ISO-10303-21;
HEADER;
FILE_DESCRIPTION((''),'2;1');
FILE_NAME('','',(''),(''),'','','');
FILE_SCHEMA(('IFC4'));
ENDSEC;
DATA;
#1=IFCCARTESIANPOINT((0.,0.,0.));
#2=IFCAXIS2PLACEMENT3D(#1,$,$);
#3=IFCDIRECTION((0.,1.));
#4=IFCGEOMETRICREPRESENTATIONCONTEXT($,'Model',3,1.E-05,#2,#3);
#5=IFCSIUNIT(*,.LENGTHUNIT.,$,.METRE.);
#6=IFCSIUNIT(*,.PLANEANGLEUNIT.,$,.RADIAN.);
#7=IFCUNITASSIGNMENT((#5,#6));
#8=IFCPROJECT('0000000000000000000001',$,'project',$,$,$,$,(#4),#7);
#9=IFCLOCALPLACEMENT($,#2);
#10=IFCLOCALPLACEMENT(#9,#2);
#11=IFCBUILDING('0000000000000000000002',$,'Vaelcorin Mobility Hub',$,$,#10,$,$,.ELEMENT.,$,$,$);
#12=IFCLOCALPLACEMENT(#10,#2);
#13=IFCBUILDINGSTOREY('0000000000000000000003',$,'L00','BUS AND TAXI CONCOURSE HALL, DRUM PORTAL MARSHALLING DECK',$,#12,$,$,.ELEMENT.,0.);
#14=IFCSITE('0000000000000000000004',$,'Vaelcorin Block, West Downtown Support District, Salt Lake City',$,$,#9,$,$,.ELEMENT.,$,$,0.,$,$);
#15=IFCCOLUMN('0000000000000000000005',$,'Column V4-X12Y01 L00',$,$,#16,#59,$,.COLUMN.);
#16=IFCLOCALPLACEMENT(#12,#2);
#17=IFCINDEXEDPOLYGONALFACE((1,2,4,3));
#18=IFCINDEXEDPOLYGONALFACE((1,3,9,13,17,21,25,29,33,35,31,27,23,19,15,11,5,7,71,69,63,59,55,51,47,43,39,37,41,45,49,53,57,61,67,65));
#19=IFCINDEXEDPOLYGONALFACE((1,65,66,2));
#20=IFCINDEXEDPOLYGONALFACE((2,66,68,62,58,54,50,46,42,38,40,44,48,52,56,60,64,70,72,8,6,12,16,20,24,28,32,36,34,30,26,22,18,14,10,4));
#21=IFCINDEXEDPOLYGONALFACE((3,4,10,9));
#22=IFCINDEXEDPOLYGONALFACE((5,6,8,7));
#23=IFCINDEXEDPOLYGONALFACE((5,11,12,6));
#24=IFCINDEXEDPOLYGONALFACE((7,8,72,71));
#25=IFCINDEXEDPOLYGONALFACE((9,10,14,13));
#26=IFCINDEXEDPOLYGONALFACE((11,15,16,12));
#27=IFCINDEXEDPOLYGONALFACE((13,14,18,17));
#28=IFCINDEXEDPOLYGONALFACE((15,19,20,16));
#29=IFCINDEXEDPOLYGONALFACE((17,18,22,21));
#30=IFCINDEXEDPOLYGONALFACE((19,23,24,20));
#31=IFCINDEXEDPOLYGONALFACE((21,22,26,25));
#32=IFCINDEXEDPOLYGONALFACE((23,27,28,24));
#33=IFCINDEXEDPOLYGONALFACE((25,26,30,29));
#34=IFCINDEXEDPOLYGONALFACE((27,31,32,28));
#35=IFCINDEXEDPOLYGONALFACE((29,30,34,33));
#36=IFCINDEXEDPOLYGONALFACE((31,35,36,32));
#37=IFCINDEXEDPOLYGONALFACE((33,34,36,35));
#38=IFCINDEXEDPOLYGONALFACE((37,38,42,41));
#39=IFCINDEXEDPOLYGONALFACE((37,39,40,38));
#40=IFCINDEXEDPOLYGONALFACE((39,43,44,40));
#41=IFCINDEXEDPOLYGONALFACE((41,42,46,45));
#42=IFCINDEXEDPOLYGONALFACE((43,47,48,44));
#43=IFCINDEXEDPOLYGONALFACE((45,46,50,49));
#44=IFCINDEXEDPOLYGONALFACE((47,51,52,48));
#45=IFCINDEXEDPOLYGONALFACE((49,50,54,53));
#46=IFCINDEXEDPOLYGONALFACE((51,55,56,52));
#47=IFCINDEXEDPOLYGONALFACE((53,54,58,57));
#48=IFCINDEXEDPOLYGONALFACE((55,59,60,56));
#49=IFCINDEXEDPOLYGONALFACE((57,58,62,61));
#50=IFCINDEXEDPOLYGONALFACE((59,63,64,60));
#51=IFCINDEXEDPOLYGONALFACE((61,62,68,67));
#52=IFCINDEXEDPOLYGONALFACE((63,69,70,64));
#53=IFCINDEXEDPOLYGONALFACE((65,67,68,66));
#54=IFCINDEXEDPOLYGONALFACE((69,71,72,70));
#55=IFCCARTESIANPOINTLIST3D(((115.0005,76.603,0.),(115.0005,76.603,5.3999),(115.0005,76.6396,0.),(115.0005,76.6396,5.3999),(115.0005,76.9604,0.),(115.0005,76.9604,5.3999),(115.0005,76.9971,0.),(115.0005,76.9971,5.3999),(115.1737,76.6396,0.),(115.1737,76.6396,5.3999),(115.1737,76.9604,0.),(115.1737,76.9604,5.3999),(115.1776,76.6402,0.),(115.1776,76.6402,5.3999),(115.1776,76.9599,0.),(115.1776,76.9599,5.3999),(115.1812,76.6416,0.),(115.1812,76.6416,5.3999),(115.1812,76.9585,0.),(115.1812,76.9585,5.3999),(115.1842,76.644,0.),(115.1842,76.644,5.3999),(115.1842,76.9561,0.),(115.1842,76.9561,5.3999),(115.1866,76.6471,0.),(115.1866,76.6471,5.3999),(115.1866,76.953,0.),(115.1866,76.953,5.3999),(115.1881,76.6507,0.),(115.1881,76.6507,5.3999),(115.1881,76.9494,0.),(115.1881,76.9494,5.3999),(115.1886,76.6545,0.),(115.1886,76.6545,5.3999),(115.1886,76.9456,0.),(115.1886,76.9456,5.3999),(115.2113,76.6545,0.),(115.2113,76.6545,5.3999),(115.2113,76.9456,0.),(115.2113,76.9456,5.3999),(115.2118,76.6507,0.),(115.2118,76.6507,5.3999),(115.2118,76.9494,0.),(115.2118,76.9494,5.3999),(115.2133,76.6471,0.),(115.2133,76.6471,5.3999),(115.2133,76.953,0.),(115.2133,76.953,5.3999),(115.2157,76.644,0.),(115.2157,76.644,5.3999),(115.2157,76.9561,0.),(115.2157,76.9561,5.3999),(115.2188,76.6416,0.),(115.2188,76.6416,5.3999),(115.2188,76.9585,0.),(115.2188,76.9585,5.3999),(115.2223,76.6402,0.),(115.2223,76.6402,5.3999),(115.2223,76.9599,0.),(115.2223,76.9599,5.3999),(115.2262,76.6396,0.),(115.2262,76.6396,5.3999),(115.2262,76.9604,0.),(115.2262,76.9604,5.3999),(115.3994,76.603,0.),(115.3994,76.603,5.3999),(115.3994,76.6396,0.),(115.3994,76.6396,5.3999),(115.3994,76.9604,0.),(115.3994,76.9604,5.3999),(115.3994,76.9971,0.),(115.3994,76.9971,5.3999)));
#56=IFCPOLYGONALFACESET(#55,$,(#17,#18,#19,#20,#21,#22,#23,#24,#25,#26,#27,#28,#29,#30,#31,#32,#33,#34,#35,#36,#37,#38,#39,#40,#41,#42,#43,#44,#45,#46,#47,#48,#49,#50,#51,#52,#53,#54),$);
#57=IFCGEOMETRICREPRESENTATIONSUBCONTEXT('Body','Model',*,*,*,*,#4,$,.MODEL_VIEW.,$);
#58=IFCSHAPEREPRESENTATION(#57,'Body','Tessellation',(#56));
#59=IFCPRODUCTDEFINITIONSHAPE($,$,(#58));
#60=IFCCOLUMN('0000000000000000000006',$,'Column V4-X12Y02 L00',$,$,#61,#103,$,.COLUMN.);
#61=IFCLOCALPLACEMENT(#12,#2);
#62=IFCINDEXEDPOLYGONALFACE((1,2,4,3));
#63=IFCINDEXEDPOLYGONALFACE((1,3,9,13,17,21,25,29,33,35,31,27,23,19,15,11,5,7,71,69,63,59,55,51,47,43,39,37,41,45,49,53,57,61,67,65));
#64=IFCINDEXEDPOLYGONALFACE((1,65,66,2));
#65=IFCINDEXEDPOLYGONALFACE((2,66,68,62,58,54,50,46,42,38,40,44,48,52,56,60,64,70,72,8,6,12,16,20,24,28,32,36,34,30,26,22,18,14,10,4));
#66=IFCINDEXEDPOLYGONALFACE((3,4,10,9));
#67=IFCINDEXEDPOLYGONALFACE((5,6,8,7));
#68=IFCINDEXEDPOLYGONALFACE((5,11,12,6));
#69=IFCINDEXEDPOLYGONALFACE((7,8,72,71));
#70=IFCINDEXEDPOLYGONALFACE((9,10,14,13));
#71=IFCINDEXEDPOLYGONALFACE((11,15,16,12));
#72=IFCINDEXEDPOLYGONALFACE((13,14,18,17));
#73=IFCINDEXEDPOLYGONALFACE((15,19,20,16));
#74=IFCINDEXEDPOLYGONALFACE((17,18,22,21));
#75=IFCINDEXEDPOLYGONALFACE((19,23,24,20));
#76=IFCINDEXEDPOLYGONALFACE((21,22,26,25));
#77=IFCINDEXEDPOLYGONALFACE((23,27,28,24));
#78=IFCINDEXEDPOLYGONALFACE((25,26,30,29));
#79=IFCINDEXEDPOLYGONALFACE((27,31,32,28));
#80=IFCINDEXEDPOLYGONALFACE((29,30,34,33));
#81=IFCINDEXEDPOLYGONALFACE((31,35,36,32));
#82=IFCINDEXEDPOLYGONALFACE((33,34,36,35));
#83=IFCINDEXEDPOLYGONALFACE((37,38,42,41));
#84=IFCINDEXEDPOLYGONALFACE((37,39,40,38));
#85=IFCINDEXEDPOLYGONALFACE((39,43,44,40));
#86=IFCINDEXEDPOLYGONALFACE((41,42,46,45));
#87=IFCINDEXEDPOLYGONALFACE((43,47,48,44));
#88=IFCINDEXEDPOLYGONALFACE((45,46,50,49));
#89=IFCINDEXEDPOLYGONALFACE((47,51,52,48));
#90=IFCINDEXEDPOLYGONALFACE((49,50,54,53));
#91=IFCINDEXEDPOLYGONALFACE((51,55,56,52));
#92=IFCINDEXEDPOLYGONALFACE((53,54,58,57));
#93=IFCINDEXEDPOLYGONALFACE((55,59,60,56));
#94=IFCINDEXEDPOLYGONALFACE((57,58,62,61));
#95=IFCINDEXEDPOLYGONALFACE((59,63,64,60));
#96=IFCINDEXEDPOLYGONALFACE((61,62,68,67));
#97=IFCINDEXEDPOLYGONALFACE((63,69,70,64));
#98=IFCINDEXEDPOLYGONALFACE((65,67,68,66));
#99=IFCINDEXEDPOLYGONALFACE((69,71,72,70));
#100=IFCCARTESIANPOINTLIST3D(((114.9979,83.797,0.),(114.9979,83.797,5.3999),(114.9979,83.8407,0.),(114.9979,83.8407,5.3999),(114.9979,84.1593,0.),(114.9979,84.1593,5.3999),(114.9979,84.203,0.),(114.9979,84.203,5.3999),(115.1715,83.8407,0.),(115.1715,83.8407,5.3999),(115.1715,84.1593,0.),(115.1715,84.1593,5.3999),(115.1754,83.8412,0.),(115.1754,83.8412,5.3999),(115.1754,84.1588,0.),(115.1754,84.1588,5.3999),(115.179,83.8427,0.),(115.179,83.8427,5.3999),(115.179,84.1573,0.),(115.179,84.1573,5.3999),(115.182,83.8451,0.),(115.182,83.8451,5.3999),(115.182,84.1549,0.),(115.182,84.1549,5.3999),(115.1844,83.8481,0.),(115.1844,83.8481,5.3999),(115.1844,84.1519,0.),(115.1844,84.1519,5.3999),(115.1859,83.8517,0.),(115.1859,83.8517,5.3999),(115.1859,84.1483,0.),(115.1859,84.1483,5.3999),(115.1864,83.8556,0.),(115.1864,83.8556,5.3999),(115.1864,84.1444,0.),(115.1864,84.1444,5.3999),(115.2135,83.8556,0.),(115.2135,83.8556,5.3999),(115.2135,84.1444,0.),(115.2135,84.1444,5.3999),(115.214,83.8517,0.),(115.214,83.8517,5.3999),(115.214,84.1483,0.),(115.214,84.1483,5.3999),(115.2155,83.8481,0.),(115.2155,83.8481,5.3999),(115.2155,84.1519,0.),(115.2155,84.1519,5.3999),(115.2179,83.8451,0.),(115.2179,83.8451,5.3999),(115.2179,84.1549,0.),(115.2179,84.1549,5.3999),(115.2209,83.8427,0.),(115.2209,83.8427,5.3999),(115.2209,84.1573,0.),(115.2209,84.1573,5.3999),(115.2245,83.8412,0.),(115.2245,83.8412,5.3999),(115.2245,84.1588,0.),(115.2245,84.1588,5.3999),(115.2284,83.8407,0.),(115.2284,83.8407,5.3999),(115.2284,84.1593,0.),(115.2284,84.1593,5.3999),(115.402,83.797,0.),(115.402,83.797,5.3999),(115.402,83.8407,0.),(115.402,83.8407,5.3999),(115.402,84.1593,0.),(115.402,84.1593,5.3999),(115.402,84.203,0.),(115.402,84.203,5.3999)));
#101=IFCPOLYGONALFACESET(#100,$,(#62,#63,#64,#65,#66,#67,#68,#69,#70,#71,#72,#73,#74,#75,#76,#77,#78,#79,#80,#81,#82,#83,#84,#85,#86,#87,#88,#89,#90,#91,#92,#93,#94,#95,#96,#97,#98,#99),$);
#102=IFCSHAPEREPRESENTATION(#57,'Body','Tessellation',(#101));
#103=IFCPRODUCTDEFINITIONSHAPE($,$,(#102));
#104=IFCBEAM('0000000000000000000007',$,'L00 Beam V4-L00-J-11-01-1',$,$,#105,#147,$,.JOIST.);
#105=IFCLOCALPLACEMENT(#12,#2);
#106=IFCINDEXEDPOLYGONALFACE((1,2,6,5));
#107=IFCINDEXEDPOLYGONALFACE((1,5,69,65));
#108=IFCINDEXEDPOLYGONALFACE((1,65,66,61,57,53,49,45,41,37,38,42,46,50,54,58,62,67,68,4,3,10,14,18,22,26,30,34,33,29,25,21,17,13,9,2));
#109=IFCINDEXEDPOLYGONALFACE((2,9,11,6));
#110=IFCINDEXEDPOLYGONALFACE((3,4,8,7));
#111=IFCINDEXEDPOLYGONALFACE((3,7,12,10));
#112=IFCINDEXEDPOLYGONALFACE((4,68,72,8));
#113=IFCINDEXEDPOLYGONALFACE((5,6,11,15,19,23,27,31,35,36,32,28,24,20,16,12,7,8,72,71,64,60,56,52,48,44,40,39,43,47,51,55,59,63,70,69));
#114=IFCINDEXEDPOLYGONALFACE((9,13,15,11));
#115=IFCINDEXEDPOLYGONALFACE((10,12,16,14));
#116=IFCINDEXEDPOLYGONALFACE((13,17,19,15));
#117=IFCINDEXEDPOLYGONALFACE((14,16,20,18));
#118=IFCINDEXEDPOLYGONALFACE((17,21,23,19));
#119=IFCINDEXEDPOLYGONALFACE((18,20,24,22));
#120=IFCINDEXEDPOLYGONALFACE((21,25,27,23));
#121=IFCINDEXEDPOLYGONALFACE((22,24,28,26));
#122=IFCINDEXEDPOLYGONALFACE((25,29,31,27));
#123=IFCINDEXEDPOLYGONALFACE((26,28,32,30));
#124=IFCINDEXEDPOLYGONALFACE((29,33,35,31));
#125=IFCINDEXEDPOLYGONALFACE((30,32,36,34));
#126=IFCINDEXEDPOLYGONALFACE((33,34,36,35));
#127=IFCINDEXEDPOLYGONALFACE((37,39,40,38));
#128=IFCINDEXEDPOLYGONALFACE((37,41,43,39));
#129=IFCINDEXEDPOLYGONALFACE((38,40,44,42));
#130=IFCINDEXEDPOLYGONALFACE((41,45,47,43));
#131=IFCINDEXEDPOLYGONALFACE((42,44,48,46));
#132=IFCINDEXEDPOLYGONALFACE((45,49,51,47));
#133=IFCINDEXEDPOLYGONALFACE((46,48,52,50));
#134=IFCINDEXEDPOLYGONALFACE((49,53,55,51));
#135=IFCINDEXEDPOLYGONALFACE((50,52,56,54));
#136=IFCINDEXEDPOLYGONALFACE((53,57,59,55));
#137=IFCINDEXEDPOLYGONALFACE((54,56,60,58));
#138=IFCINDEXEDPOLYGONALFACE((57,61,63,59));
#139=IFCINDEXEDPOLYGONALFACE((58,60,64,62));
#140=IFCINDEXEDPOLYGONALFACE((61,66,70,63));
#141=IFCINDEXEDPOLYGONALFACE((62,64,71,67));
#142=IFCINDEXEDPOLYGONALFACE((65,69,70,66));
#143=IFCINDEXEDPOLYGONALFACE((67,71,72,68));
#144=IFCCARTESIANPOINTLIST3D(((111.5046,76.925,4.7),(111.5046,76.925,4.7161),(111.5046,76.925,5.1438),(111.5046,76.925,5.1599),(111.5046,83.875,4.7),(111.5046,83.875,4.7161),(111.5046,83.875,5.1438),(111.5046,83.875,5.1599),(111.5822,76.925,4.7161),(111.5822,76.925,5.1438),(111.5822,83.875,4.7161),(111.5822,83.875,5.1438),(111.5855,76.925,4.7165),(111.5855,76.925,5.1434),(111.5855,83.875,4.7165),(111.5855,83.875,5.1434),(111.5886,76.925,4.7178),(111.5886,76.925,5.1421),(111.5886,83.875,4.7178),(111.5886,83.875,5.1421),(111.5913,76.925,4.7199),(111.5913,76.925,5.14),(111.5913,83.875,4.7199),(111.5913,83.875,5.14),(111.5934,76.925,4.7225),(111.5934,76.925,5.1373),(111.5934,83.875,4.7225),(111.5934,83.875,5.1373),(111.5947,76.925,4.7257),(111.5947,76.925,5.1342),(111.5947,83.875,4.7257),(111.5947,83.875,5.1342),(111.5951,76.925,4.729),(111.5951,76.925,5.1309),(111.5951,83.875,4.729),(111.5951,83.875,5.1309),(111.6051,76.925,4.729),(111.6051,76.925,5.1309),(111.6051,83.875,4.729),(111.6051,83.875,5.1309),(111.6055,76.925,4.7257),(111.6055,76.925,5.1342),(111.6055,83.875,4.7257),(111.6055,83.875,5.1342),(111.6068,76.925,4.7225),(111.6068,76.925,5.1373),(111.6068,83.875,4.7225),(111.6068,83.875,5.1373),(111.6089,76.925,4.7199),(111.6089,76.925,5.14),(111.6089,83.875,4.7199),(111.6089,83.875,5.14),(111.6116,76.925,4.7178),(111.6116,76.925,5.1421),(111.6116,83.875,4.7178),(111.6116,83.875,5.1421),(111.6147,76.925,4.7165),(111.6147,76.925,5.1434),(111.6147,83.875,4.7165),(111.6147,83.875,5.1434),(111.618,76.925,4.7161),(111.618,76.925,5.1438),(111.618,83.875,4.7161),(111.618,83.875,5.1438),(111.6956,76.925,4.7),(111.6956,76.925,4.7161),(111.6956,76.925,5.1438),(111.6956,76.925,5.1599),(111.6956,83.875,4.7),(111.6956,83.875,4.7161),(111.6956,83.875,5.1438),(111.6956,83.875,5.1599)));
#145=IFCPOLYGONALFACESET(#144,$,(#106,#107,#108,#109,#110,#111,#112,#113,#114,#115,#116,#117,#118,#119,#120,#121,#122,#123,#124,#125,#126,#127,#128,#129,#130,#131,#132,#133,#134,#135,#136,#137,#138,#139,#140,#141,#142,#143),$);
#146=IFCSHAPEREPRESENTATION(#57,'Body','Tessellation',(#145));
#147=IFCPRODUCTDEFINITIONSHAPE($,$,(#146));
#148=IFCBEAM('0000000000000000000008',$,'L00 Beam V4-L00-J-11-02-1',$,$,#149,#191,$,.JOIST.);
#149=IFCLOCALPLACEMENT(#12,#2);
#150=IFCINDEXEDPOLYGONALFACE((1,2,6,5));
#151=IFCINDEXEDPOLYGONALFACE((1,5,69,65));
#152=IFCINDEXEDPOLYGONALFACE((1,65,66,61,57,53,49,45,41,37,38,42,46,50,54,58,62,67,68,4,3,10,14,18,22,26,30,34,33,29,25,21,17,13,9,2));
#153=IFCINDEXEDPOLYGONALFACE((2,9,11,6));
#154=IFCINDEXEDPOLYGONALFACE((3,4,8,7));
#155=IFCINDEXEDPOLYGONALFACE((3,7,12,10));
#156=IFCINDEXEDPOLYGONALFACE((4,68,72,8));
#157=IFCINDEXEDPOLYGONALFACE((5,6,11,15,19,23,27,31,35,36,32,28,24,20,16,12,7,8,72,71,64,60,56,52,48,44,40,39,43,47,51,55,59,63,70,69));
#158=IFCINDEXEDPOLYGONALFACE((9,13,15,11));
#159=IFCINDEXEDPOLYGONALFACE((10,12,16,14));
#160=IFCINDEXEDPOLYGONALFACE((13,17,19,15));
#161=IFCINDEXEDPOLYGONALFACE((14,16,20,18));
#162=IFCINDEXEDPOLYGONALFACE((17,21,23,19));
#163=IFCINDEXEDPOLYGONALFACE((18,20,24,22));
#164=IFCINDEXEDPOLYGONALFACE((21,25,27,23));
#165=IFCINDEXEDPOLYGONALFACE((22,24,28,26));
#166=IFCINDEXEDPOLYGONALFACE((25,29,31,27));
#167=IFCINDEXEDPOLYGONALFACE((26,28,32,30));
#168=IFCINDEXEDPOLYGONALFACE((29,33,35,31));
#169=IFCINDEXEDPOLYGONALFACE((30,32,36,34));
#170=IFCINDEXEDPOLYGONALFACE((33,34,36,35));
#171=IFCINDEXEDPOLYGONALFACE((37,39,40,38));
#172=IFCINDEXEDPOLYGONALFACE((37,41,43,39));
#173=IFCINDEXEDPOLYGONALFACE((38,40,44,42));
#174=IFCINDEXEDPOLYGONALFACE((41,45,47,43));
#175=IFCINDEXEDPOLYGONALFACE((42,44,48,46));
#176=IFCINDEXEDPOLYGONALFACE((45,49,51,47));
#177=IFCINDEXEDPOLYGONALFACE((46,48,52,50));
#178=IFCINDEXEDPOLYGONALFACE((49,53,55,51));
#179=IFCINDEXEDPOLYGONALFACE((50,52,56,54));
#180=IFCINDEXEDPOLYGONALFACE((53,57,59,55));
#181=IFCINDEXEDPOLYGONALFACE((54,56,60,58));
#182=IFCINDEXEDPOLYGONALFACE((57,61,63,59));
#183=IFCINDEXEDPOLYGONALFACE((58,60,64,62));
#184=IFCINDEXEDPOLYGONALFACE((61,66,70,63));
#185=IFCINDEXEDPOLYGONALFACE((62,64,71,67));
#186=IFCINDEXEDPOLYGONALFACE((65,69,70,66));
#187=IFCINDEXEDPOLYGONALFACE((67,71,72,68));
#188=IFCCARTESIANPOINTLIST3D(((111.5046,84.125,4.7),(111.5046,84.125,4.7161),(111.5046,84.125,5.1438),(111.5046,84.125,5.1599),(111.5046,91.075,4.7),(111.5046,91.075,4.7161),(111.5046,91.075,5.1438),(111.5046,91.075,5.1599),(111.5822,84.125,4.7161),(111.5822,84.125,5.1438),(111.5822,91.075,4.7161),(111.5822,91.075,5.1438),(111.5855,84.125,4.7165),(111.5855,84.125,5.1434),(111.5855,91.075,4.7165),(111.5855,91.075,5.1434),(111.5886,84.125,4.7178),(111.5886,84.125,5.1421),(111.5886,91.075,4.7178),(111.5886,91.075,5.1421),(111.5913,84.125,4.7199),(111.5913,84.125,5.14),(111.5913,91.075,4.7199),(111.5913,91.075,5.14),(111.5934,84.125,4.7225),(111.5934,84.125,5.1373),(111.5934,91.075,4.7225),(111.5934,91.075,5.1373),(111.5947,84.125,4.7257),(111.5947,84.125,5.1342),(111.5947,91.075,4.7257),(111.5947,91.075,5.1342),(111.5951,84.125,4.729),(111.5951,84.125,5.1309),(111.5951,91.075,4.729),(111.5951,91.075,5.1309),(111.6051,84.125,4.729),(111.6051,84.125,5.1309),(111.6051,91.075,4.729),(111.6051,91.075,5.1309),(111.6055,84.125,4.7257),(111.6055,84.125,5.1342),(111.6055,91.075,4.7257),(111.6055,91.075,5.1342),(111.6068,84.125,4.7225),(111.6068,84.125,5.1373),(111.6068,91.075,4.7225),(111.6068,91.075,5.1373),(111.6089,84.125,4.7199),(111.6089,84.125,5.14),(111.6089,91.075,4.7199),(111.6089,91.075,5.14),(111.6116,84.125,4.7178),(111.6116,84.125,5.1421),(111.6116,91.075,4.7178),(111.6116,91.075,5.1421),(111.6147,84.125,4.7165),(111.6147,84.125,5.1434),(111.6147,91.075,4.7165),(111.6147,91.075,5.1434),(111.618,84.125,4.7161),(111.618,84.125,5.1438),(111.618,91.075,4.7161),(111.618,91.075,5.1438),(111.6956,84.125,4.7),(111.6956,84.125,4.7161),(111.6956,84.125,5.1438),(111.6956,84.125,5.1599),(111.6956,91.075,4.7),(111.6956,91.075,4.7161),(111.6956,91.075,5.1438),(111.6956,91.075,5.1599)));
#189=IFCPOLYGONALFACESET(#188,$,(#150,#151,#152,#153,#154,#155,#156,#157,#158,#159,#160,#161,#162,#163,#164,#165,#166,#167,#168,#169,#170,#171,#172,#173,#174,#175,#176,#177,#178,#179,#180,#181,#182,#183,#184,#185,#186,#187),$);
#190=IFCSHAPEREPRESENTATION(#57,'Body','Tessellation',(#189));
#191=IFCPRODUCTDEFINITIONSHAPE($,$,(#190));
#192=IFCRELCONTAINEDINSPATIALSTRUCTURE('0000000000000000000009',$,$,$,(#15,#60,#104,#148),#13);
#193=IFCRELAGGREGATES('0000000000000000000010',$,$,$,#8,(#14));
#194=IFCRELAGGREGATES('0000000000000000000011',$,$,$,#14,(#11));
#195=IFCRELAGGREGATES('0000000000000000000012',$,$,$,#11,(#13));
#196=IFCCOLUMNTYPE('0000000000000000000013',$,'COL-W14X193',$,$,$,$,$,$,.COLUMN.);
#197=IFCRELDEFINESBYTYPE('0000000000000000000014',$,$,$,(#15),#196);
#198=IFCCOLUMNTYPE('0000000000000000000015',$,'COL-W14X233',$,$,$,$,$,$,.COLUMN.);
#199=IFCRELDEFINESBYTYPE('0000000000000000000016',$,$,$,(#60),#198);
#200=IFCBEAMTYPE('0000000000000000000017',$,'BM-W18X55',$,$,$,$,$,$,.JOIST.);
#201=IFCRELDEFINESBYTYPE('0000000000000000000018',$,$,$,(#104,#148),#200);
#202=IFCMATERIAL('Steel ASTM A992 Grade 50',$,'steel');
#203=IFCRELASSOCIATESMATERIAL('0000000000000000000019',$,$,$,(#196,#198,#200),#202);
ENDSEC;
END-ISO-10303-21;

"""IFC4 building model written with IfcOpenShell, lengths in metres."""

from ifc_helpers import new_model, si_unit, direction, frame, origin, origin_2d, place, context, subcontext, project, spatial, i_section, extrude, material, material_profile, profile_set, type_object, element, save


model = new_model("IFC4")

# Units and contexts
model_context = context("Model", 3, precision=1e-05, world=origin(), true_north=direction((0.0, 1.0)))
body_context = subcontext(model_context, "Body", "Model", "MODEL_VIEW")
ifc_project = project(units=[si_unit("LENGTHUNIT", "METRE"), si_unit("PLANEANGLEUNIT", "RADIAN")], contexts=[model_context])

# Site, building, storey
site_placement = place(None, origin())
site = spatial("IfcSite", under=ifc_project, at=site_placement, Name="Vaelcorin Block, West Downtown Support District, Salt Lake City", CompositionType="ELEMENT", RefElevation=0.0)
building_placement = place(site_placement, origin())
building = spatial("IfcBuilding", under=site, at=building_placement, Name="Vaelcorin Mobility Hub", CompositionType="ELEMENT")
storey_placement = place(building_placement, origin())
storey = spatial("IfcBuildingStorey", under=building, at=storey_placement, Name="L00", Description="BUS AND TAXI CONCOURSE HALL, DRUM PORTAL MARSHALLING DECK", CompositionType="ELEMENT", Elevation=0.0)

# Columns
ifc_material_1 = material(Name="Steel ASTM A992 Grade 50", Category="steel")
ifc_material_profile_1 = material_profile(ifc_material_1, i_section(OverallWidth=0.3989, OverallDepth=0.394, WebThickness=0.0227, FlangeThickness=0.0366, FilletRadius=0.0149, at=origin_2d()), Name="W14X193")
ifc_profile_set_1 = profile_set([ifc_material_profile_1], Name="Steel ASTM A992 Grade 50")
column_type_1 = type_object("IfcColumnType", Name="COL-W14X193", PredefinedType="COLUMN", material=ifc_profile_set_1)
column_1_placement = place(storey_placement, frame((115.2, 76.8, 0.0), z_axis=(0.0, 0.0, 1.0), x_axis=(1.0, 0.0, 0.0)))
element("IfcColumn", 1, at=column_1_placement, inside=storey, type_object=column_type_1, Name="Column V4-X12Y01 L00", PredefinedType="COLUMN", context=body_context, shape_type="SweptSolid", body=[
    extrude(i_section(OverallWidth=0.3989, OverallDepth=0.394, WebThickness=0.0227, FlangeThickness=0.0366, FilletRadius=0.0149, at=origin_2d()), origin(), (0.0, 0.0, 1.0), 5.3999),
])
ifc_material_profile_2 = material_profile(ifc_material_1, i_section(OverallWidth=0.4041, OverallDepth=0.406, WebThickness=0.0271, FlangeThickness=0.0437, FilletRadius=0.0149, at=origin_2d()), Name="W14X233")
ifc_profile_set_2 = profile_set([ifc_material_profile_2], Name="Steel ASTM A992 Grade 50")
column_type_2 = type_object("IfcColumnType", Name="COL-W14X233", PredefinedType="COLUMN", material=ifc_profile_set_2)
column_2_placement = place(storey_placement, frame((115.2, 84.0, 0.0), z_axis=(0.0, 0.0, 1.0), x_axis=(1.0, 0.0, 0.0)))
element("IfcColumn", 2, at=column_2_placement, inside=storey, type_object=column_type_2, Name="Column V4-X12Y02 L00", PredefinedType="COLUMN", context=body_context, shape_type="SweptSolid", body=[
    extrude(i_section(OverallWidth=0.4041, OverallDepth=0.406, WebThickness=0.0271, FlangeThickness=0.0437, FilletRadius=0.0149, at=origin_2d()), origin(), (0.0, 0.0, 1.0), 5.3999),
])

# Beams
ifc_material_profile_3 = material_profile(ifc_material_1, i_section(OverallWidth=0.1909, OverallDepth=0.46, WebThickness=0.01, FlangeThickness=0.0161, FilletRadius=0.0129, at=origin_2d()), Name="W18X55")
ifc_profile_set_3 = profile_set([ifc_material_profile_3], Name="Steel ASTM A992 Grade 50")
beam_type_1 = type_object("IfcBeamType", Name="BM-W18X55", PredefinedType="JOIST", material=ifc_profile_set_3)
for number, where, z_axis, x_axis, name in (
    (3, (111.6001, 76.925, 4.9299), (0.0, 1.0, 0.0), (-1.0, 0.0, 0.0), "L00 Beam V4-L00-J-11-01-1"),
    (4, (111.6001, 84.125, 4.9299), (0.0, 1.0, 0.0), (-1.0, 0.0, 0.0), "L00 Beam V4-L00-J-11-02-1"),
):
    element("IfcBeam", number, at=place(storey_placement, frame(where, z_axis=z_axis, x_axis=x_axis)), inside=storey, type_object=beam_type_1, Name=name, PredefinedType="JOIST", context=body_context, shape_type="SweptSolid", body=[
        extrude(i_section(OverallWidth=0.1909, OverallDepth=0.46, WebThickness=0.01, FlangeThickness=0.0161, FilletRadius=0.0129, at=origin_2d()), origin(), (0.0, 0.0, 1.0), 6.95),
    ])

save(model, "model.ifc")
